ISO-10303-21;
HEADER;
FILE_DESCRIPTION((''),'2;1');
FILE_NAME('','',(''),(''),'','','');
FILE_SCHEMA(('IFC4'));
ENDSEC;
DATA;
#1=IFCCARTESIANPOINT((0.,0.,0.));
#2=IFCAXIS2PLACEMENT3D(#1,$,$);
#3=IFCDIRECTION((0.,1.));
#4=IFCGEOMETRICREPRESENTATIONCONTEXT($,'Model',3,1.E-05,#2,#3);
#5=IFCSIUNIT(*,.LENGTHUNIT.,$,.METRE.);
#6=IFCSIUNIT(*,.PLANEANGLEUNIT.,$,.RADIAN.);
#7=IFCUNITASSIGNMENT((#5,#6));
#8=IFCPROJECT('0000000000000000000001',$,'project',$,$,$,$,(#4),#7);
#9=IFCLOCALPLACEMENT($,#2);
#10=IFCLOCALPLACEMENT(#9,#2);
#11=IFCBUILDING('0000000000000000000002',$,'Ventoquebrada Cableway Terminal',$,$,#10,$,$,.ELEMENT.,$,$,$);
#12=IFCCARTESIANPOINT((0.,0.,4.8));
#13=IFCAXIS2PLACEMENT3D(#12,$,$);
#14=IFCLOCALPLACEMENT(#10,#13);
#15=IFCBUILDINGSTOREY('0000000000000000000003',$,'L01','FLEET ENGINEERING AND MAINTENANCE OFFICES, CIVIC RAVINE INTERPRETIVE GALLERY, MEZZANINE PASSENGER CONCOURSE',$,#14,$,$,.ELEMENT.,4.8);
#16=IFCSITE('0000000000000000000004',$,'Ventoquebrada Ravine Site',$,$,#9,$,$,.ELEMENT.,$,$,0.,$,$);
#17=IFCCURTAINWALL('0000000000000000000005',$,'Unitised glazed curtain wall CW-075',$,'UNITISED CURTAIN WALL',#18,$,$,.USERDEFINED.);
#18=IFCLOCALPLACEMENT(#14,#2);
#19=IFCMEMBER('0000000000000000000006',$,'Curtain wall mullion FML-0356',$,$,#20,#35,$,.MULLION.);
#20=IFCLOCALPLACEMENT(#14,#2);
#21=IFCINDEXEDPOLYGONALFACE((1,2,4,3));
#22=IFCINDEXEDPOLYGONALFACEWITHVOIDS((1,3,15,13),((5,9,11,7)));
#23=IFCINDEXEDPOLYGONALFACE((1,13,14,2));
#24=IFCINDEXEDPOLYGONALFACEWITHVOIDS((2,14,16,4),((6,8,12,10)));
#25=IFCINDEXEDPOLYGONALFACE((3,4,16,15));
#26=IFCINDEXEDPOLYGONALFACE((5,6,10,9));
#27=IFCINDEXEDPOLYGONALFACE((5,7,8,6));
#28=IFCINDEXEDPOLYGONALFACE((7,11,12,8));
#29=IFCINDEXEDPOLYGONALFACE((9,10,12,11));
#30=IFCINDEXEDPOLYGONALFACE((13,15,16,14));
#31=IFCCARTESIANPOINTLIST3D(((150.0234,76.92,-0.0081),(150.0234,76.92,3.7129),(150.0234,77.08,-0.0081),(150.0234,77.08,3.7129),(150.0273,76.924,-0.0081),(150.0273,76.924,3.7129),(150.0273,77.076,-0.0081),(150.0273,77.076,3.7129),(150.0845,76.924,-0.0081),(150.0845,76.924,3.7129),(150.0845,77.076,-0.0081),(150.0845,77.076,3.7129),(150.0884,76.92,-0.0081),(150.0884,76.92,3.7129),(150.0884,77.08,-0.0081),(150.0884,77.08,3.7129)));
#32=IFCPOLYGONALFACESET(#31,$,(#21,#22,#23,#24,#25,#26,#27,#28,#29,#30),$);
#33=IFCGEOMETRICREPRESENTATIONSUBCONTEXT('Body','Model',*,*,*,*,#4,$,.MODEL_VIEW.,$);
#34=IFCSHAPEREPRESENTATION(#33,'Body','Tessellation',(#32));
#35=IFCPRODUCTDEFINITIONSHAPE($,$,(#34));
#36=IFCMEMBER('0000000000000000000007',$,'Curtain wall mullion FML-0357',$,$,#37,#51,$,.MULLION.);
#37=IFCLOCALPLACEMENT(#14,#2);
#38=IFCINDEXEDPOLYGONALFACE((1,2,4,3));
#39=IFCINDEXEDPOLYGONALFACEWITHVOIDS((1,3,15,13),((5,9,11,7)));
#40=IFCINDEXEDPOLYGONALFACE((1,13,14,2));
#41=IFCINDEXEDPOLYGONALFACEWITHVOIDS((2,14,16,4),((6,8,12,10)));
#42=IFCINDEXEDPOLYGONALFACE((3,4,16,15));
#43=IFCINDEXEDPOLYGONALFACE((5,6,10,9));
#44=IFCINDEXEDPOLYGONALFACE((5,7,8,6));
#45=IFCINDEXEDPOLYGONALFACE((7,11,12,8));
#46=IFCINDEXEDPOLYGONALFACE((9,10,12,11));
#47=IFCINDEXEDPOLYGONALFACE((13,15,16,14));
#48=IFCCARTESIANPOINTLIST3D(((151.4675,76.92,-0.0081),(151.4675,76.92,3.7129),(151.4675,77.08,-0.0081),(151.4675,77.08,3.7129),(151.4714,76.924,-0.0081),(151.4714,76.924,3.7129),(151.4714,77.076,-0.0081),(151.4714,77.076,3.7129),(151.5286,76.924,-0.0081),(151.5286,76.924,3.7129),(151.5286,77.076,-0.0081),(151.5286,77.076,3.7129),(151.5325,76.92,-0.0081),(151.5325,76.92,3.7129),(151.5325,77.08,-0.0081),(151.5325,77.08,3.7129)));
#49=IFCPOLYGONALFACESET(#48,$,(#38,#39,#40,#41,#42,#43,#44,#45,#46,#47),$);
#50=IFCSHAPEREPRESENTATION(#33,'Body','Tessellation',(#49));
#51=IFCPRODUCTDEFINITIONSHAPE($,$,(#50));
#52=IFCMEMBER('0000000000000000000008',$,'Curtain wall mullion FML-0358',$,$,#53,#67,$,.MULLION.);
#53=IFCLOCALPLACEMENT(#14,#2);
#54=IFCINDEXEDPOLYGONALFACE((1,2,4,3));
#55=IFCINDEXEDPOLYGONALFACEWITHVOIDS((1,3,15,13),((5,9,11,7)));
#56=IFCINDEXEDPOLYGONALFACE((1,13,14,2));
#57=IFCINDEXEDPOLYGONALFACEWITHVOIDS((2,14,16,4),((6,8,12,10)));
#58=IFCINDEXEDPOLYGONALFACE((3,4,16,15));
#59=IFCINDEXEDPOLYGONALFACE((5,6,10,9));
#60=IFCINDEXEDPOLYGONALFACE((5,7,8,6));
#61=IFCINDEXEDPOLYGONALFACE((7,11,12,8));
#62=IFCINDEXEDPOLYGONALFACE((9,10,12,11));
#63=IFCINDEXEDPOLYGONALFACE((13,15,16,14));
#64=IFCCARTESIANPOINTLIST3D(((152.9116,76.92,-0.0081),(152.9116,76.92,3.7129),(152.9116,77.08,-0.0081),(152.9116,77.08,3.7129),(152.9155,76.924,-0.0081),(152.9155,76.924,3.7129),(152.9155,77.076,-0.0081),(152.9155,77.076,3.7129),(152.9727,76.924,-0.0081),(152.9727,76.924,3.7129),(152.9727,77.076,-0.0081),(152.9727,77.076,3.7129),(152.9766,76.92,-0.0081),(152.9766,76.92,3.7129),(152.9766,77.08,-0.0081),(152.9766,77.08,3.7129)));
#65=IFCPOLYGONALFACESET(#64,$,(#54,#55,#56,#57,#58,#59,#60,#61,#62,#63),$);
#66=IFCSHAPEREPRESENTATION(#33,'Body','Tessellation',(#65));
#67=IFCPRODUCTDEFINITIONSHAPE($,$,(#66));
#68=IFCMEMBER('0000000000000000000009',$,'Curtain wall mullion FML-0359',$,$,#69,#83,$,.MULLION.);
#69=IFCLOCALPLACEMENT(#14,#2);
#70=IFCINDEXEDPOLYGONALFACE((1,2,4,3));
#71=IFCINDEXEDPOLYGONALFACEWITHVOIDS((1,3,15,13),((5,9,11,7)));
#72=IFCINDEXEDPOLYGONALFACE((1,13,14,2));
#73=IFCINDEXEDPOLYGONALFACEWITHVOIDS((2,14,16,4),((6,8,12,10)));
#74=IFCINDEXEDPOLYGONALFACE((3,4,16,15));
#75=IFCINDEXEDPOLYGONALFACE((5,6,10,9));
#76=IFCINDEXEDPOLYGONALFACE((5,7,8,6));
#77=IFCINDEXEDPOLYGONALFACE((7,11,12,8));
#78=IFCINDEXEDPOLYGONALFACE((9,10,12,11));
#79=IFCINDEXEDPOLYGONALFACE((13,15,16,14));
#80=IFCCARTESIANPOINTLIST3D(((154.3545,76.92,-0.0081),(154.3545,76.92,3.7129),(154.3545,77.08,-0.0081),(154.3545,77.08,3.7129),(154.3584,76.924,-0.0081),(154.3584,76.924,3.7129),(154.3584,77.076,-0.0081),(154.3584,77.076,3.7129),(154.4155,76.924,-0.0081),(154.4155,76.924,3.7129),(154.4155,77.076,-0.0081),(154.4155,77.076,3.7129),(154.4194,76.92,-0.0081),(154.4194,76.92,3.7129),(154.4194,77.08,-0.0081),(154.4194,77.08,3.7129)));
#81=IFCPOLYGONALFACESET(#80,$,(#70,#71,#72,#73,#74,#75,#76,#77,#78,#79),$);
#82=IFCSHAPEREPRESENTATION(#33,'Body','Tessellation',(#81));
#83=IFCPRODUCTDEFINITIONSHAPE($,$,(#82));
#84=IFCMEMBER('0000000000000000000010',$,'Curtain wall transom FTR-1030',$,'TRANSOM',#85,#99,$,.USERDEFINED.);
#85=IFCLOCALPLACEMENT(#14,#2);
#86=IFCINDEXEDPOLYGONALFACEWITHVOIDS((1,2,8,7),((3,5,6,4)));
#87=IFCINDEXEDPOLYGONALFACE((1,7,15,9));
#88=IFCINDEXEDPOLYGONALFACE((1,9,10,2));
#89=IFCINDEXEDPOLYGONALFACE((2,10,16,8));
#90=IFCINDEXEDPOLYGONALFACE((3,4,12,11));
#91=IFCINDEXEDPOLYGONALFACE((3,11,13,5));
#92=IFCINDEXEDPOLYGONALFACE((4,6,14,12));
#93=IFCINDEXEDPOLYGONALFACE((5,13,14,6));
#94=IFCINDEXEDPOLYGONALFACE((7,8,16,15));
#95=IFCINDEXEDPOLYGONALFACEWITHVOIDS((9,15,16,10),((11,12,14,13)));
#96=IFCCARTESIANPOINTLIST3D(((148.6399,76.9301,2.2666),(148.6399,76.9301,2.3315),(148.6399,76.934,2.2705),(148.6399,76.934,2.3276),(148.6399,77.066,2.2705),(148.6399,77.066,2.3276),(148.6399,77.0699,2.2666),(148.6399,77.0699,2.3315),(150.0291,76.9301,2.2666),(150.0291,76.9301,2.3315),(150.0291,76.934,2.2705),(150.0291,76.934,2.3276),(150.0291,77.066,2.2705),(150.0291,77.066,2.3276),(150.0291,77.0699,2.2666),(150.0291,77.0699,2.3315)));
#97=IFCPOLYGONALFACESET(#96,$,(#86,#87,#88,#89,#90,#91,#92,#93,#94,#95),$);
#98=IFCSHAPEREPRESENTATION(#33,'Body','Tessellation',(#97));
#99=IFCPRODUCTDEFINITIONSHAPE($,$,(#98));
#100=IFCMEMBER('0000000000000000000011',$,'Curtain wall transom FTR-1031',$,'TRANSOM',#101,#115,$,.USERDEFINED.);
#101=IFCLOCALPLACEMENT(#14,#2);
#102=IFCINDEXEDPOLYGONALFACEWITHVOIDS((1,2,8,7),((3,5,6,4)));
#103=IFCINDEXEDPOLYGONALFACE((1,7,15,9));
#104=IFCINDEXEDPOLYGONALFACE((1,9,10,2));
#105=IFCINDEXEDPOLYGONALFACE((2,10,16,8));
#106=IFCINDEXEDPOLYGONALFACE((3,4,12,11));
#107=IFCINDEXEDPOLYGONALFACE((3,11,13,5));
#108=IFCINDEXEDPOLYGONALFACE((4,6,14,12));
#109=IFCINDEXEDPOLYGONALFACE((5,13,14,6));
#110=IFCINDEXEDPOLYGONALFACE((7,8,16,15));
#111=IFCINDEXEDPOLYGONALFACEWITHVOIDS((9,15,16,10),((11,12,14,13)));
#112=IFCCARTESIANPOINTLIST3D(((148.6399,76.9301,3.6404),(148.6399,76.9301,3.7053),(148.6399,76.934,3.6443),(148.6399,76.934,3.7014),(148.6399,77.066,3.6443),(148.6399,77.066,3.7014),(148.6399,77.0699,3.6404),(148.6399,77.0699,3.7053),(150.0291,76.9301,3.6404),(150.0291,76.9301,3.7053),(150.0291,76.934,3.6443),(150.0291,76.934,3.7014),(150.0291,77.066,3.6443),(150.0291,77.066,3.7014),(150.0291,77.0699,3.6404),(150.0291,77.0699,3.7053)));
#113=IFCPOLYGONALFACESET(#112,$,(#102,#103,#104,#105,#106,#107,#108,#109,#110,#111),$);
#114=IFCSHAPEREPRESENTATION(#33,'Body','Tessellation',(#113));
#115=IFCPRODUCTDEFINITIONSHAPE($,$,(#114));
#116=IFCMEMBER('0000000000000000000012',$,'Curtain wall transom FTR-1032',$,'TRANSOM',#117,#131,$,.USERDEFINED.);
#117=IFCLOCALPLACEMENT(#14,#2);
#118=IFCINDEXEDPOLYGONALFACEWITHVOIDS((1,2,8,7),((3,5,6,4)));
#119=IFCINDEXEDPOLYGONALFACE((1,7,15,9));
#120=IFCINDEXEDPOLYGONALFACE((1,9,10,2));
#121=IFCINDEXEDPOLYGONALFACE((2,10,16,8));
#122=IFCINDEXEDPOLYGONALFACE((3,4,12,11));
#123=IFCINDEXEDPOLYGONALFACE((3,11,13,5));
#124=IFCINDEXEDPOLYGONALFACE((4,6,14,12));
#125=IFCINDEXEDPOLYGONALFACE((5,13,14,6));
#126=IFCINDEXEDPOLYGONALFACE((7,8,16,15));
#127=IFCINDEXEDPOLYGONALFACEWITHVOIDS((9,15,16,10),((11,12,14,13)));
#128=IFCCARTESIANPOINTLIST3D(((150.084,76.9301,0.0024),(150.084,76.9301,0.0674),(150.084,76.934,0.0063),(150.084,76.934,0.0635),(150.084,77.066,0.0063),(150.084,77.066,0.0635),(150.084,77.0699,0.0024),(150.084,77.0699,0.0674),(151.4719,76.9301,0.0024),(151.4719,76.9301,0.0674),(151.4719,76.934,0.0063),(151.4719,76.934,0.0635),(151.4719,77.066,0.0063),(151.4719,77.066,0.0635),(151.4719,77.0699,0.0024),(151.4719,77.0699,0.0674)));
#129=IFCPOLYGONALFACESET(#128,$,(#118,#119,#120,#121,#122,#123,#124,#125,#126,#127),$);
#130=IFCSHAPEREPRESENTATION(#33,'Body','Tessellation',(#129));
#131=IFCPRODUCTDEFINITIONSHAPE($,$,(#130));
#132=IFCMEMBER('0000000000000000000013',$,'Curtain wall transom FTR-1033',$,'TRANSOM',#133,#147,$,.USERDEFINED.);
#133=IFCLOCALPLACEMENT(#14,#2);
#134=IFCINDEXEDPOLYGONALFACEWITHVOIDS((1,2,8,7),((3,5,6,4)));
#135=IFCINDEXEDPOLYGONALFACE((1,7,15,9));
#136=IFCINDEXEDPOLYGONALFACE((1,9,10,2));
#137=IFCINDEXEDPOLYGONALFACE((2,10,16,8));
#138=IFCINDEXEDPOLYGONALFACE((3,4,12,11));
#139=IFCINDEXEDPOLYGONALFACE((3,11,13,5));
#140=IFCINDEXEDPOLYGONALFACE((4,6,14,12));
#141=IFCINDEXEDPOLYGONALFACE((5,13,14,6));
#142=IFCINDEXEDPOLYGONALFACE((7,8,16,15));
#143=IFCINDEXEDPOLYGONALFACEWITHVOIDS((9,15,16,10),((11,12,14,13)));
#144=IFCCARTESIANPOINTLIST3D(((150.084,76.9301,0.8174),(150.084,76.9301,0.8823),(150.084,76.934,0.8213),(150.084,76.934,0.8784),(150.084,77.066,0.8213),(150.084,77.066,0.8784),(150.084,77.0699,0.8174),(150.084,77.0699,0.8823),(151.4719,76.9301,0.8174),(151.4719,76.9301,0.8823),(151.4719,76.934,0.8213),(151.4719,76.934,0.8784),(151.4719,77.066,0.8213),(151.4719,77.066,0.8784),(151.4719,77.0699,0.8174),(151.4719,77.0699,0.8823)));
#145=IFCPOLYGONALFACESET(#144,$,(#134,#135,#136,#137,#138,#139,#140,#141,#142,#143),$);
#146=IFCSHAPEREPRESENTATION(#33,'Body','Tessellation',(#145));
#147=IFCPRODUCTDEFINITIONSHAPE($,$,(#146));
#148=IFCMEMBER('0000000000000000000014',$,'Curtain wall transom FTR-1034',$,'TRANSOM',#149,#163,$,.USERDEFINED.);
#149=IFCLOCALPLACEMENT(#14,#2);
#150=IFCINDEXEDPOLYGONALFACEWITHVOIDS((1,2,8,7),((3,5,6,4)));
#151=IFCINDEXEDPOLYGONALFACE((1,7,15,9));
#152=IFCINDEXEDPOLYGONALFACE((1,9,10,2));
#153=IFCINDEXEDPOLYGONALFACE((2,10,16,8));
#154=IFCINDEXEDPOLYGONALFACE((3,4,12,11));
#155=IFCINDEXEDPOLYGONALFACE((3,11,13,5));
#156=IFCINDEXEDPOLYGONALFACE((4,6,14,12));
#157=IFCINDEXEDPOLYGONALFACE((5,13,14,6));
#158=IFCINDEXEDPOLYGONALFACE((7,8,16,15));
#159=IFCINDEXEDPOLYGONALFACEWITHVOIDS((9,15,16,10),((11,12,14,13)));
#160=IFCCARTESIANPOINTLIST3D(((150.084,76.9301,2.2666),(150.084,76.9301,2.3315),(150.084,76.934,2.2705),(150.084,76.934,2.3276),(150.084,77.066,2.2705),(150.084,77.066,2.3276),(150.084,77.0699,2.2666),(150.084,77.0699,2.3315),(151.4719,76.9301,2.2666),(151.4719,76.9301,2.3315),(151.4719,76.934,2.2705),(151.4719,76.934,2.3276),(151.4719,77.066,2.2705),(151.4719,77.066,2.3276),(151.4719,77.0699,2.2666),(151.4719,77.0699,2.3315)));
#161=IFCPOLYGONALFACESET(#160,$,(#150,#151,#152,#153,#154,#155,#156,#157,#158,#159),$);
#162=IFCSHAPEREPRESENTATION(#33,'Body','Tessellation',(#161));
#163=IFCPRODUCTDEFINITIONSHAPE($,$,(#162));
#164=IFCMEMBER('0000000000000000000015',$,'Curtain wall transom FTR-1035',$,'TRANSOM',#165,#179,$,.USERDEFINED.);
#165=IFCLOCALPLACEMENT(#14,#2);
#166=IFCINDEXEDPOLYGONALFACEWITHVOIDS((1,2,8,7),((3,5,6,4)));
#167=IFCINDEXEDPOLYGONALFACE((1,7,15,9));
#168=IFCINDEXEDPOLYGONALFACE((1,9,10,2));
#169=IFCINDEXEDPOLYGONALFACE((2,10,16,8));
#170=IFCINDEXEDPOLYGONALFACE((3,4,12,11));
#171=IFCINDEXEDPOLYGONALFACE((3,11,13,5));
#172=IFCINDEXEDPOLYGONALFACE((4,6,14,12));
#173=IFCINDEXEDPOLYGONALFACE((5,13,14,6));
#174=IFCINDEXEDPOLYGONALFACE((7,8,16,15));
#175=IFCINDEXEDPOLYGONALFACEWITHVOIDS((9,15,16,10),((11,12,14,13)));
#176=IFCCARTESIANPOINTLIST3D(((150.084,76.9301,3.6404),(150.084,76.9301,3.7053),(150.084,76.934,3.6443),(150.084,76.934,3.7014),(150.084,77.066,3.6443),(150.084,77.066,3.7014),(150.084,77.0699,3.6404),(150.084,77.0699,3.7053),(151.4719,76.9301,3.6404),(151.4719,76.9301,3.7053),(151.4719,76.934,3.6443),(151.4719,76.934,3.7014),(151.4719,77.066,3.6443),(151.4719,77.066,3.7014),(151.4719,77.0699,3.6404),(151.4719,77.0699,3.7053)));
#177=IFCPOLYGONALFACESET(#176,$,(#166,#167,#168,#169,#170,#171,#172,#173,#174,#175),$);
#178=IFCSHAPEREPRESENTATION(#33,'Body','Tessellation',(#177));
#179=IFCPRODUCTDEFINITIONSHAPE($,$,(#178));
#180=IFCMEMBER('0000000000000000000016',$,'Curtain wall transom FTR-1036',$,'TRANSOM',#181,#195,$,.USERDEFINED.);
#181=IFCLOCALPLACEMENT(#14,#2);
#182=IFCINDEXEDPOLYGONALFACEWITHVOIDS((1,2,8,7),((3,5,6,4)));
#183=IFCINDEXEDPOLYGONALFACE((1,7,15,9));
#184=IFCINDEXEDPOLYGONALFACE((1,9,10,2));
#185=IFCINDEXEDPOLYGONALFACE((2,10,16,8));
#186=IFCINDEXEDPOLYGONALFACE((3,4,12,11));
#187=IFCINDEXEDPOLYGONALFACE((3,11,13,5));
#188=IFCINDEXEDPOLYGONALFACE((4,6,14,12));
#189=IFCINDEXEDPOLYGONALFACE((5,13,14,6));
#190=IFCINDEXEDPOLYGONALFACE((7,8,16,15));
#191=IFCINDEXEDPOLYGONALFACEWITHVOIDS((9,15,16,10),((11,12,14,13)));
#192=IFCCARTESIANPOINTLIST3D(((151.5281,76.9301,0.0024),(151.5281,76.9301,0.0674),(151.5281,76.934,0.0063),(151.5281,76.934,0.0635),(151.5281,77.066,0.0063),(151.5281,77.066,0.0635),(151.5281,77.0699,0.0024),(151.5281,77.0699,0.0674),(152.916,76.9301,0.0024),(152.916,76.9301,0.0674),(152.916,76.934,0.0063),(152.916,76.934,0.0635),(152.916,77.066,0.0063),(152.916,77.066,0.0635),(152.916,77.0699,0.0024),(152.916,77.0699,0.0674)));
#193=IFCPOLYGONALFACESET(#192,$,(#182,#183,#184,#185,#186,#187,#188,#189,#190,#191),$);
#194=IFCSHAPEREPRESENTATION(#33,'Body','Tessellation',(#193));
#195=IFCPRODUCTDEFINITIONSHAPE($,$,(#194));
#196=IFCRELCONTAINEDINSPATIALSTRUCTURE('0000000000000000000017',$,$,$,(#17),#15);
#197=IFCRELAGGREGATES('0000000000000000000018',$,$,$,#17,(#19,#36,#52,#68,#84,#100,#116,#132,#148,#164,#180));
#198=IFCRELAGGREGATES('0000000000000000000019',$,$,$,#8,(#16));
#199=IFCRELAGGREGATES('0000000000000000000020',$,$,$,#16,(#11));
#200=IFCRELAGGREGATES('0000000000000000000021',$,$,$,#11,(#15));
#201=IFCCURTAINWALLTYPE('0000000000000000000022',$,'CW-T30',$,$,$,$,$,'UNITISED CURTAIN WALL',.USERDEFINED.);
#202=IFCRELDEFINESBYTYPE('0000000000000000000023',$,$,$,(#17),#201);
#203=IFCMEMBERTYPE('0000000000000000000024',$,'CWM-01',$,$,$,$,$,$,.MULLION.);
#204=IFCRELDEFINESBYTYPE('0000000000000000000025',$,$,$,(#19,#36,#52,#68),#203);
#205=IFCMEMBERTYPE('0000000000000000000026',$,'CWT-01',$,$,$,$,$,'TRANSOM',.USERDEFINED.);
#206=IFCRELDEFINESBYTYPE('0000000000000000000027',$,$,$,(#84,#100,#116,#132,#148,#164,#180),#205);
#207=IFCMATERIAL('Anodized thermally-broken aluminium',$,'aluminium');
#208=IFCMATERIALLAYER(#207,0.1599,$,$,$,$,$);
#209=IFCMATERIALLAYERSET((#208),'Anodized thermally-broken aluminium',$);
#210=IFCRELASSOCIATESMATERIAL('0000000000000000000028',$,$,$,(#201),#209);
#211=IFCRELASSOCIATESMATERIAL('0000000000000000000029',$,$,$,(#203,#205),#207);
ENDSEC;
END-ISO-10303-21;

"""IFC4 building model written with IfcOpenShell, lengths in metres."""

from ifc_helpers import new_model, si_unit, direction, frame, origin, origin_2d, place, context, subcontext, project, spatial, hollow_rectangle, extrude, material, layer, layer_set, material_profile, profile_set, type_object, element, aggregate, save


model = new_model("IFC4")

# Units and contexts
model_context = context("Model", 3, precision=1e-05, world=origin(), true_north=direction((0.0, 1.0)))
body_context = subcontext(model_context, "Body", "Model", "MODEL_VIEW")
ifc_project = project(units=[si_unit("LENGTHUNIT", "METRE"), si_unit("PLANEANGLEUNIT", "RADIAN")], contexts=[model_context])

# Site, building, storey
site_placement = place(None, origin())
site = spatial("IfcSite", under=ifc_project, at=site_placement, Name="Ventoquebrada Ravine Site", CompositionType="ELEMENT", RefElevation=0.0)
building_placement = place(site_placement, origin())
building = spatial("IfcBuilding", under=site, at=building_placement, Name="Ventoquebrada Cableway Terminal", CompositionType="ELEMENT")
storey_placement = place(building_placement, frame((0.0, 0.0, 4.8)))
storey = spatial("IfcBuildingStorey", under=building, at=storey_placement, Name="L01", Description="FLEET ENGINEERING AND MAINTENANCE OFFICES, CIVIC RAVINE INTERPRETIVE GALLERY, MEZZANINE PASSENGER CONCOURSE", CompositionType="ELEMENT", Elevation=4.8)

# Curtain wall, members
ifc_material_1 = material(Name="Anodized thermally-broken aluminium", Category="aluminium")
ifc_layer_1 = layer(ifc_material_1, 0.1599)
ifc_layer_set_1 = layer_set([ifc_layer_1], Name="Anodized thermally-broken aluminium")
curtain_wall_type = type_object("IfcCurtainWallType", Name="CW-T30", ElementType="UNITISED CURTAIN WALL", PredefinedType="USERDEFINED", material=ifc_layer_set_1)
curtain_wall_placement = place(storey_placement, origin())
curtain_wall = element("IfcCurtainWall", 1, at=curtain_wall_placement, inside=storey, type_object=curtain_wall_type, Name="Unitised glazed curtain wall CW-075", ObjectType="UNITISED CURTAIN WALL", PredefinedType="USERDEFINED")
ifc_material_profile_1 = material_profile(ifc_material_1, hollow_rectangle(XDim=0.0649, YDim=0.1599, WallThickness=0.0039, at=origin_2d()), Name="CW-MUL-65X160")
ifc_profile_set_1 = profile_set([ifc_material_profile_1], Name="Anodized thermally-broken aluminium")
member_type_1 = type_object("IfcMemberType", Name="CWM-01", PredefinedType="MULLION", material=ifc_profile_set_1)
member_1_placement = place(storey_placement, frame((150.0559, 77.0, -0.0081), z_axis=(0.0, 0.0, 1.0), x_axis=(1.0, 0.0, 0.0)))
member_1 = element("IfcMember", 2, at=member_1_placement, type_object=member_type_1, Name="Curtain wall mullion FML-0356", PredefinedType="MULLION", context=body_context, shape_type="SweptSolid", body=[
    extrude(hollow_rectangle(XDim=0.0649, YDim=0.1599, WallThickness=0.0039, at=origin_2d()), origin(), (0.0, 0.0, 1.0), 3.7209),
])
member_2_placement = place(storey_placement, frame((151.5, 77.0, -0.0081), z_axis=(0.0, 0.0, 1.0), x_axis=(1.0, 0.0, 0.0)))
member_2 = element("IfcMember", 3, at=member_2_placement, type_object=member_type_1, Name="Curtain wall mullion FML-0357", PredefinedType="MULLION", context=body_context, shape_type="SweptSolid", body=[
    extrude(hollow_rectangle(XDim=0.0649, YDim=0.1599, WallThickness=0.0039, at=origin_2d()), origin(), (0.0, 0.0, 1.0), 3.7209),
])
member_3_placement = place(storey_placement, frame((152.9441, 77.0, -0.0081), z_axis=(0.0, 0.0, 1.0), x_axis=(1.0, 0.0, 0.0)))
member_3 = element("IfcMember", 4, at=member_3_placement, type_object=member_type_1, Name="Curtain wall mullion FML-0358", PredefinedType="MULLION", context=body_context, shape_type="SweptSolid", body=[
    extrude(hollow_rectangle(XDim=0.0649, YDim=0.1599, WallThickness=0.0039, at=origin_2d()), origin(), (0.0, 0.0, 1.0), 3.7209),
])
member_4_placement = place(storey_placement, frame((154.387, 77.0, -0.0081), z_axis=(0.0, 0.0, 1.0), x_axis=(1.0, 0.0, 0.0)))
member_4 = element("IfcMember", 5, at=member_4_placement, type_object=member_type_1, Name="Curtain wall mullion FML-0359", PredefinedType="MULLION", context=body_context, shape_type="SweptSolid", body=[
    extrude(hollow_rectangle(XDim=0.0649, YDim=0.1599, WallThickness=0.0039, at=origin_2d()), origin(), (0.0, 0.0, 1.0), 3.7209),
])
ifc_material_profile_2 = material_profile(ifc_material_1, hollow_rectangle(XDim=0.0649, YDim=0.1399, WallThickness=0.0039, at=origin_2d()), Name="CW-TRN-65X140")
ifc_profile_set_2 = profile_set([ifc_material_profile_2], Name="Anodized thermally-broken aluminium")
member_type_2 = type_object("IfcMemberType", Name="CWT-01", ElementType="TRANSOM", PredefinedType="USERDEFINED", material=ifc_profile_set_2)
member_5_placement = place(storey_placement, frame((148.6399, 77.0, 2.2991), z_axis=(1.0, 0.0, 0.0), x_axis=(0.0, 0.0, 1.0)))
member_5 = element("IfcMember", 6, at=member_5_placement, type_object=member_type_2, Name="Curtain wall transom FTR-1030", ObjectType="TRANSOM", PredefinedType="USERDEFINED", context=body_context, shape_type="SweptSolid", body=[
    extrude(hollow_rectangle(XDim=0.0649, YDim=0.1399, WallThickness=0.0039, at=origin_2d()), origin(), (0.0, 0.0, 1.0), 1.3892),
])
member_6_placement = place(storey_placement, frame((148.6399, 77.0, 3.6729), z_axis=(1.0, 0.0, 0.0), x_axis=(0.0, 0.0, 1.0)))
member_6 = element("IfcMember", 7, at=member_6_placement, type_object=member_type_2, Name="Curtain wall transom FTR-1031", ObjectType="TRANSOM", PredefinedType="USERDEFINED", context=body_context, shape_type="SweptSolid", body=[
    extrude(hollow_rectangle(XDim=0.0649, YDim=0.1399, WallThickness=0.0039, at=origin_2d()), origin(), (0.0, 0.0, 1.0), 1.3892),
])
member_7_placement = place(storey_placement, frame((150.084, 77.0, 0.0349), z_axis=(1.0, 0.0, 0.0), x_axis=(0.0, 0.0, 1.0)))
member_7 = element("IfcMember", 8, at=member_7_placement, type_object=member_type_2, Name="Curtain wall transom FTR-1032", ObjectType="TRANSOM", PredefinedType="USERDEFINED", context=body_context, shape_type="SweptSolid", body=[
    extrude(hollow_rectangle(XDim=0.0649, YDim=0.1399, WallThickness=0.0039, at=origin_2d()), origin(), (0.0, 0.0, 1.0), 1.3879),
])
member_8_placement = place(storey_placement, frame((150.084, 77.0, 0.8499), z_axis=(1.0, 0.0, 0.0), x_axis=(0.0, 0.0, 1.0)))
member_8 = element("IfcMember", 9, at=member_8_placement, type_object=member_type_2, Name="Curtain wall transom FTR-1033", ObjectType="TRANSOM", PredefinedType="USERDEFINED", context=body_context, shape_type="SweptSolid", body=[
    extrude(hollow_rectangle(XDim=0.0649, YDim=0.1399, WallThickness=0.0039, at=origin_2d()), origin(), (0.0, 0.0, 1.0), 1.3879),
])
member_9_placement = place(storey_placement, frame((150.084, 77.0, 2.2991), z_axis=(1.0, 0.0, 0.0), x_axis=(0.0, 0.0, 1.0)))
member_9 = element("IfcMember", 10, at=member_9_placement, type_object=member_type_2, Name="Curtain wall transom FTR-1034", ObjectType="TRANSOM", PredefinedType="USERDEFINED", context=body_context, shape_type="SweptSolid", body=[
    extrude(hollow_rectangle(XDim=0.0649, YDim=0.1399, WallThickness=0.0039, at=origin_2d()), origin(), (0.0, 0.0, 1.0), 1.3879),
])
member_10_placement = place(storey_placement, frame((150.084, 77.0, 3.6729), z_axis=(1.0, 0.0, 0.0), x_axis=(0.0, 0.0, 1.0)))
member_10 = element("IfcMember", 11, at=member_10_placement, type_object=member_type_2, Name="Curtain wall transom FTR-1035", ObjectType="TRANSOM", PredefinedType="USERDEFINED", context=body_context, shape_type="SweptSolid", body=[
    extrude(hollow_rectangle(XDim=0.0649, YDim=0.1399, WallThickness=0.0039, at=origin_2d()), origin(), (0.0, 0.0, 1.0), 1.3879),
])
member_11_placement = place(storey_placement, frame((151.5281, 77.0, 0.0349), z_axis=(1.0, 0.0, 0.0), x_axis=(0.0, 0.0, 1.0)))
member_11 = element("IfcMember", 12, at=member_11_placement, type_object=member_type_2, Name="Curtain wall transom FTR-1036", ObjectType="TRANSOM", PredefinedType="USERDEFINED", context=body_context, shape_type="SweptSolid", body=[
    extrude(hollow_rectangle(XDim=0.0649, YDim=0.1399, WallThickness=0.0039, at=origin_2d()), origin(), (0.0, 0.0, 1.0), 1.3879),
])
aggregate(curtain_wall, [member_1, member_2, member_3, member_4, member_5, member_6, member_7, member_8, member_9, member_10, member_11])

save(model, "model.ifc")
